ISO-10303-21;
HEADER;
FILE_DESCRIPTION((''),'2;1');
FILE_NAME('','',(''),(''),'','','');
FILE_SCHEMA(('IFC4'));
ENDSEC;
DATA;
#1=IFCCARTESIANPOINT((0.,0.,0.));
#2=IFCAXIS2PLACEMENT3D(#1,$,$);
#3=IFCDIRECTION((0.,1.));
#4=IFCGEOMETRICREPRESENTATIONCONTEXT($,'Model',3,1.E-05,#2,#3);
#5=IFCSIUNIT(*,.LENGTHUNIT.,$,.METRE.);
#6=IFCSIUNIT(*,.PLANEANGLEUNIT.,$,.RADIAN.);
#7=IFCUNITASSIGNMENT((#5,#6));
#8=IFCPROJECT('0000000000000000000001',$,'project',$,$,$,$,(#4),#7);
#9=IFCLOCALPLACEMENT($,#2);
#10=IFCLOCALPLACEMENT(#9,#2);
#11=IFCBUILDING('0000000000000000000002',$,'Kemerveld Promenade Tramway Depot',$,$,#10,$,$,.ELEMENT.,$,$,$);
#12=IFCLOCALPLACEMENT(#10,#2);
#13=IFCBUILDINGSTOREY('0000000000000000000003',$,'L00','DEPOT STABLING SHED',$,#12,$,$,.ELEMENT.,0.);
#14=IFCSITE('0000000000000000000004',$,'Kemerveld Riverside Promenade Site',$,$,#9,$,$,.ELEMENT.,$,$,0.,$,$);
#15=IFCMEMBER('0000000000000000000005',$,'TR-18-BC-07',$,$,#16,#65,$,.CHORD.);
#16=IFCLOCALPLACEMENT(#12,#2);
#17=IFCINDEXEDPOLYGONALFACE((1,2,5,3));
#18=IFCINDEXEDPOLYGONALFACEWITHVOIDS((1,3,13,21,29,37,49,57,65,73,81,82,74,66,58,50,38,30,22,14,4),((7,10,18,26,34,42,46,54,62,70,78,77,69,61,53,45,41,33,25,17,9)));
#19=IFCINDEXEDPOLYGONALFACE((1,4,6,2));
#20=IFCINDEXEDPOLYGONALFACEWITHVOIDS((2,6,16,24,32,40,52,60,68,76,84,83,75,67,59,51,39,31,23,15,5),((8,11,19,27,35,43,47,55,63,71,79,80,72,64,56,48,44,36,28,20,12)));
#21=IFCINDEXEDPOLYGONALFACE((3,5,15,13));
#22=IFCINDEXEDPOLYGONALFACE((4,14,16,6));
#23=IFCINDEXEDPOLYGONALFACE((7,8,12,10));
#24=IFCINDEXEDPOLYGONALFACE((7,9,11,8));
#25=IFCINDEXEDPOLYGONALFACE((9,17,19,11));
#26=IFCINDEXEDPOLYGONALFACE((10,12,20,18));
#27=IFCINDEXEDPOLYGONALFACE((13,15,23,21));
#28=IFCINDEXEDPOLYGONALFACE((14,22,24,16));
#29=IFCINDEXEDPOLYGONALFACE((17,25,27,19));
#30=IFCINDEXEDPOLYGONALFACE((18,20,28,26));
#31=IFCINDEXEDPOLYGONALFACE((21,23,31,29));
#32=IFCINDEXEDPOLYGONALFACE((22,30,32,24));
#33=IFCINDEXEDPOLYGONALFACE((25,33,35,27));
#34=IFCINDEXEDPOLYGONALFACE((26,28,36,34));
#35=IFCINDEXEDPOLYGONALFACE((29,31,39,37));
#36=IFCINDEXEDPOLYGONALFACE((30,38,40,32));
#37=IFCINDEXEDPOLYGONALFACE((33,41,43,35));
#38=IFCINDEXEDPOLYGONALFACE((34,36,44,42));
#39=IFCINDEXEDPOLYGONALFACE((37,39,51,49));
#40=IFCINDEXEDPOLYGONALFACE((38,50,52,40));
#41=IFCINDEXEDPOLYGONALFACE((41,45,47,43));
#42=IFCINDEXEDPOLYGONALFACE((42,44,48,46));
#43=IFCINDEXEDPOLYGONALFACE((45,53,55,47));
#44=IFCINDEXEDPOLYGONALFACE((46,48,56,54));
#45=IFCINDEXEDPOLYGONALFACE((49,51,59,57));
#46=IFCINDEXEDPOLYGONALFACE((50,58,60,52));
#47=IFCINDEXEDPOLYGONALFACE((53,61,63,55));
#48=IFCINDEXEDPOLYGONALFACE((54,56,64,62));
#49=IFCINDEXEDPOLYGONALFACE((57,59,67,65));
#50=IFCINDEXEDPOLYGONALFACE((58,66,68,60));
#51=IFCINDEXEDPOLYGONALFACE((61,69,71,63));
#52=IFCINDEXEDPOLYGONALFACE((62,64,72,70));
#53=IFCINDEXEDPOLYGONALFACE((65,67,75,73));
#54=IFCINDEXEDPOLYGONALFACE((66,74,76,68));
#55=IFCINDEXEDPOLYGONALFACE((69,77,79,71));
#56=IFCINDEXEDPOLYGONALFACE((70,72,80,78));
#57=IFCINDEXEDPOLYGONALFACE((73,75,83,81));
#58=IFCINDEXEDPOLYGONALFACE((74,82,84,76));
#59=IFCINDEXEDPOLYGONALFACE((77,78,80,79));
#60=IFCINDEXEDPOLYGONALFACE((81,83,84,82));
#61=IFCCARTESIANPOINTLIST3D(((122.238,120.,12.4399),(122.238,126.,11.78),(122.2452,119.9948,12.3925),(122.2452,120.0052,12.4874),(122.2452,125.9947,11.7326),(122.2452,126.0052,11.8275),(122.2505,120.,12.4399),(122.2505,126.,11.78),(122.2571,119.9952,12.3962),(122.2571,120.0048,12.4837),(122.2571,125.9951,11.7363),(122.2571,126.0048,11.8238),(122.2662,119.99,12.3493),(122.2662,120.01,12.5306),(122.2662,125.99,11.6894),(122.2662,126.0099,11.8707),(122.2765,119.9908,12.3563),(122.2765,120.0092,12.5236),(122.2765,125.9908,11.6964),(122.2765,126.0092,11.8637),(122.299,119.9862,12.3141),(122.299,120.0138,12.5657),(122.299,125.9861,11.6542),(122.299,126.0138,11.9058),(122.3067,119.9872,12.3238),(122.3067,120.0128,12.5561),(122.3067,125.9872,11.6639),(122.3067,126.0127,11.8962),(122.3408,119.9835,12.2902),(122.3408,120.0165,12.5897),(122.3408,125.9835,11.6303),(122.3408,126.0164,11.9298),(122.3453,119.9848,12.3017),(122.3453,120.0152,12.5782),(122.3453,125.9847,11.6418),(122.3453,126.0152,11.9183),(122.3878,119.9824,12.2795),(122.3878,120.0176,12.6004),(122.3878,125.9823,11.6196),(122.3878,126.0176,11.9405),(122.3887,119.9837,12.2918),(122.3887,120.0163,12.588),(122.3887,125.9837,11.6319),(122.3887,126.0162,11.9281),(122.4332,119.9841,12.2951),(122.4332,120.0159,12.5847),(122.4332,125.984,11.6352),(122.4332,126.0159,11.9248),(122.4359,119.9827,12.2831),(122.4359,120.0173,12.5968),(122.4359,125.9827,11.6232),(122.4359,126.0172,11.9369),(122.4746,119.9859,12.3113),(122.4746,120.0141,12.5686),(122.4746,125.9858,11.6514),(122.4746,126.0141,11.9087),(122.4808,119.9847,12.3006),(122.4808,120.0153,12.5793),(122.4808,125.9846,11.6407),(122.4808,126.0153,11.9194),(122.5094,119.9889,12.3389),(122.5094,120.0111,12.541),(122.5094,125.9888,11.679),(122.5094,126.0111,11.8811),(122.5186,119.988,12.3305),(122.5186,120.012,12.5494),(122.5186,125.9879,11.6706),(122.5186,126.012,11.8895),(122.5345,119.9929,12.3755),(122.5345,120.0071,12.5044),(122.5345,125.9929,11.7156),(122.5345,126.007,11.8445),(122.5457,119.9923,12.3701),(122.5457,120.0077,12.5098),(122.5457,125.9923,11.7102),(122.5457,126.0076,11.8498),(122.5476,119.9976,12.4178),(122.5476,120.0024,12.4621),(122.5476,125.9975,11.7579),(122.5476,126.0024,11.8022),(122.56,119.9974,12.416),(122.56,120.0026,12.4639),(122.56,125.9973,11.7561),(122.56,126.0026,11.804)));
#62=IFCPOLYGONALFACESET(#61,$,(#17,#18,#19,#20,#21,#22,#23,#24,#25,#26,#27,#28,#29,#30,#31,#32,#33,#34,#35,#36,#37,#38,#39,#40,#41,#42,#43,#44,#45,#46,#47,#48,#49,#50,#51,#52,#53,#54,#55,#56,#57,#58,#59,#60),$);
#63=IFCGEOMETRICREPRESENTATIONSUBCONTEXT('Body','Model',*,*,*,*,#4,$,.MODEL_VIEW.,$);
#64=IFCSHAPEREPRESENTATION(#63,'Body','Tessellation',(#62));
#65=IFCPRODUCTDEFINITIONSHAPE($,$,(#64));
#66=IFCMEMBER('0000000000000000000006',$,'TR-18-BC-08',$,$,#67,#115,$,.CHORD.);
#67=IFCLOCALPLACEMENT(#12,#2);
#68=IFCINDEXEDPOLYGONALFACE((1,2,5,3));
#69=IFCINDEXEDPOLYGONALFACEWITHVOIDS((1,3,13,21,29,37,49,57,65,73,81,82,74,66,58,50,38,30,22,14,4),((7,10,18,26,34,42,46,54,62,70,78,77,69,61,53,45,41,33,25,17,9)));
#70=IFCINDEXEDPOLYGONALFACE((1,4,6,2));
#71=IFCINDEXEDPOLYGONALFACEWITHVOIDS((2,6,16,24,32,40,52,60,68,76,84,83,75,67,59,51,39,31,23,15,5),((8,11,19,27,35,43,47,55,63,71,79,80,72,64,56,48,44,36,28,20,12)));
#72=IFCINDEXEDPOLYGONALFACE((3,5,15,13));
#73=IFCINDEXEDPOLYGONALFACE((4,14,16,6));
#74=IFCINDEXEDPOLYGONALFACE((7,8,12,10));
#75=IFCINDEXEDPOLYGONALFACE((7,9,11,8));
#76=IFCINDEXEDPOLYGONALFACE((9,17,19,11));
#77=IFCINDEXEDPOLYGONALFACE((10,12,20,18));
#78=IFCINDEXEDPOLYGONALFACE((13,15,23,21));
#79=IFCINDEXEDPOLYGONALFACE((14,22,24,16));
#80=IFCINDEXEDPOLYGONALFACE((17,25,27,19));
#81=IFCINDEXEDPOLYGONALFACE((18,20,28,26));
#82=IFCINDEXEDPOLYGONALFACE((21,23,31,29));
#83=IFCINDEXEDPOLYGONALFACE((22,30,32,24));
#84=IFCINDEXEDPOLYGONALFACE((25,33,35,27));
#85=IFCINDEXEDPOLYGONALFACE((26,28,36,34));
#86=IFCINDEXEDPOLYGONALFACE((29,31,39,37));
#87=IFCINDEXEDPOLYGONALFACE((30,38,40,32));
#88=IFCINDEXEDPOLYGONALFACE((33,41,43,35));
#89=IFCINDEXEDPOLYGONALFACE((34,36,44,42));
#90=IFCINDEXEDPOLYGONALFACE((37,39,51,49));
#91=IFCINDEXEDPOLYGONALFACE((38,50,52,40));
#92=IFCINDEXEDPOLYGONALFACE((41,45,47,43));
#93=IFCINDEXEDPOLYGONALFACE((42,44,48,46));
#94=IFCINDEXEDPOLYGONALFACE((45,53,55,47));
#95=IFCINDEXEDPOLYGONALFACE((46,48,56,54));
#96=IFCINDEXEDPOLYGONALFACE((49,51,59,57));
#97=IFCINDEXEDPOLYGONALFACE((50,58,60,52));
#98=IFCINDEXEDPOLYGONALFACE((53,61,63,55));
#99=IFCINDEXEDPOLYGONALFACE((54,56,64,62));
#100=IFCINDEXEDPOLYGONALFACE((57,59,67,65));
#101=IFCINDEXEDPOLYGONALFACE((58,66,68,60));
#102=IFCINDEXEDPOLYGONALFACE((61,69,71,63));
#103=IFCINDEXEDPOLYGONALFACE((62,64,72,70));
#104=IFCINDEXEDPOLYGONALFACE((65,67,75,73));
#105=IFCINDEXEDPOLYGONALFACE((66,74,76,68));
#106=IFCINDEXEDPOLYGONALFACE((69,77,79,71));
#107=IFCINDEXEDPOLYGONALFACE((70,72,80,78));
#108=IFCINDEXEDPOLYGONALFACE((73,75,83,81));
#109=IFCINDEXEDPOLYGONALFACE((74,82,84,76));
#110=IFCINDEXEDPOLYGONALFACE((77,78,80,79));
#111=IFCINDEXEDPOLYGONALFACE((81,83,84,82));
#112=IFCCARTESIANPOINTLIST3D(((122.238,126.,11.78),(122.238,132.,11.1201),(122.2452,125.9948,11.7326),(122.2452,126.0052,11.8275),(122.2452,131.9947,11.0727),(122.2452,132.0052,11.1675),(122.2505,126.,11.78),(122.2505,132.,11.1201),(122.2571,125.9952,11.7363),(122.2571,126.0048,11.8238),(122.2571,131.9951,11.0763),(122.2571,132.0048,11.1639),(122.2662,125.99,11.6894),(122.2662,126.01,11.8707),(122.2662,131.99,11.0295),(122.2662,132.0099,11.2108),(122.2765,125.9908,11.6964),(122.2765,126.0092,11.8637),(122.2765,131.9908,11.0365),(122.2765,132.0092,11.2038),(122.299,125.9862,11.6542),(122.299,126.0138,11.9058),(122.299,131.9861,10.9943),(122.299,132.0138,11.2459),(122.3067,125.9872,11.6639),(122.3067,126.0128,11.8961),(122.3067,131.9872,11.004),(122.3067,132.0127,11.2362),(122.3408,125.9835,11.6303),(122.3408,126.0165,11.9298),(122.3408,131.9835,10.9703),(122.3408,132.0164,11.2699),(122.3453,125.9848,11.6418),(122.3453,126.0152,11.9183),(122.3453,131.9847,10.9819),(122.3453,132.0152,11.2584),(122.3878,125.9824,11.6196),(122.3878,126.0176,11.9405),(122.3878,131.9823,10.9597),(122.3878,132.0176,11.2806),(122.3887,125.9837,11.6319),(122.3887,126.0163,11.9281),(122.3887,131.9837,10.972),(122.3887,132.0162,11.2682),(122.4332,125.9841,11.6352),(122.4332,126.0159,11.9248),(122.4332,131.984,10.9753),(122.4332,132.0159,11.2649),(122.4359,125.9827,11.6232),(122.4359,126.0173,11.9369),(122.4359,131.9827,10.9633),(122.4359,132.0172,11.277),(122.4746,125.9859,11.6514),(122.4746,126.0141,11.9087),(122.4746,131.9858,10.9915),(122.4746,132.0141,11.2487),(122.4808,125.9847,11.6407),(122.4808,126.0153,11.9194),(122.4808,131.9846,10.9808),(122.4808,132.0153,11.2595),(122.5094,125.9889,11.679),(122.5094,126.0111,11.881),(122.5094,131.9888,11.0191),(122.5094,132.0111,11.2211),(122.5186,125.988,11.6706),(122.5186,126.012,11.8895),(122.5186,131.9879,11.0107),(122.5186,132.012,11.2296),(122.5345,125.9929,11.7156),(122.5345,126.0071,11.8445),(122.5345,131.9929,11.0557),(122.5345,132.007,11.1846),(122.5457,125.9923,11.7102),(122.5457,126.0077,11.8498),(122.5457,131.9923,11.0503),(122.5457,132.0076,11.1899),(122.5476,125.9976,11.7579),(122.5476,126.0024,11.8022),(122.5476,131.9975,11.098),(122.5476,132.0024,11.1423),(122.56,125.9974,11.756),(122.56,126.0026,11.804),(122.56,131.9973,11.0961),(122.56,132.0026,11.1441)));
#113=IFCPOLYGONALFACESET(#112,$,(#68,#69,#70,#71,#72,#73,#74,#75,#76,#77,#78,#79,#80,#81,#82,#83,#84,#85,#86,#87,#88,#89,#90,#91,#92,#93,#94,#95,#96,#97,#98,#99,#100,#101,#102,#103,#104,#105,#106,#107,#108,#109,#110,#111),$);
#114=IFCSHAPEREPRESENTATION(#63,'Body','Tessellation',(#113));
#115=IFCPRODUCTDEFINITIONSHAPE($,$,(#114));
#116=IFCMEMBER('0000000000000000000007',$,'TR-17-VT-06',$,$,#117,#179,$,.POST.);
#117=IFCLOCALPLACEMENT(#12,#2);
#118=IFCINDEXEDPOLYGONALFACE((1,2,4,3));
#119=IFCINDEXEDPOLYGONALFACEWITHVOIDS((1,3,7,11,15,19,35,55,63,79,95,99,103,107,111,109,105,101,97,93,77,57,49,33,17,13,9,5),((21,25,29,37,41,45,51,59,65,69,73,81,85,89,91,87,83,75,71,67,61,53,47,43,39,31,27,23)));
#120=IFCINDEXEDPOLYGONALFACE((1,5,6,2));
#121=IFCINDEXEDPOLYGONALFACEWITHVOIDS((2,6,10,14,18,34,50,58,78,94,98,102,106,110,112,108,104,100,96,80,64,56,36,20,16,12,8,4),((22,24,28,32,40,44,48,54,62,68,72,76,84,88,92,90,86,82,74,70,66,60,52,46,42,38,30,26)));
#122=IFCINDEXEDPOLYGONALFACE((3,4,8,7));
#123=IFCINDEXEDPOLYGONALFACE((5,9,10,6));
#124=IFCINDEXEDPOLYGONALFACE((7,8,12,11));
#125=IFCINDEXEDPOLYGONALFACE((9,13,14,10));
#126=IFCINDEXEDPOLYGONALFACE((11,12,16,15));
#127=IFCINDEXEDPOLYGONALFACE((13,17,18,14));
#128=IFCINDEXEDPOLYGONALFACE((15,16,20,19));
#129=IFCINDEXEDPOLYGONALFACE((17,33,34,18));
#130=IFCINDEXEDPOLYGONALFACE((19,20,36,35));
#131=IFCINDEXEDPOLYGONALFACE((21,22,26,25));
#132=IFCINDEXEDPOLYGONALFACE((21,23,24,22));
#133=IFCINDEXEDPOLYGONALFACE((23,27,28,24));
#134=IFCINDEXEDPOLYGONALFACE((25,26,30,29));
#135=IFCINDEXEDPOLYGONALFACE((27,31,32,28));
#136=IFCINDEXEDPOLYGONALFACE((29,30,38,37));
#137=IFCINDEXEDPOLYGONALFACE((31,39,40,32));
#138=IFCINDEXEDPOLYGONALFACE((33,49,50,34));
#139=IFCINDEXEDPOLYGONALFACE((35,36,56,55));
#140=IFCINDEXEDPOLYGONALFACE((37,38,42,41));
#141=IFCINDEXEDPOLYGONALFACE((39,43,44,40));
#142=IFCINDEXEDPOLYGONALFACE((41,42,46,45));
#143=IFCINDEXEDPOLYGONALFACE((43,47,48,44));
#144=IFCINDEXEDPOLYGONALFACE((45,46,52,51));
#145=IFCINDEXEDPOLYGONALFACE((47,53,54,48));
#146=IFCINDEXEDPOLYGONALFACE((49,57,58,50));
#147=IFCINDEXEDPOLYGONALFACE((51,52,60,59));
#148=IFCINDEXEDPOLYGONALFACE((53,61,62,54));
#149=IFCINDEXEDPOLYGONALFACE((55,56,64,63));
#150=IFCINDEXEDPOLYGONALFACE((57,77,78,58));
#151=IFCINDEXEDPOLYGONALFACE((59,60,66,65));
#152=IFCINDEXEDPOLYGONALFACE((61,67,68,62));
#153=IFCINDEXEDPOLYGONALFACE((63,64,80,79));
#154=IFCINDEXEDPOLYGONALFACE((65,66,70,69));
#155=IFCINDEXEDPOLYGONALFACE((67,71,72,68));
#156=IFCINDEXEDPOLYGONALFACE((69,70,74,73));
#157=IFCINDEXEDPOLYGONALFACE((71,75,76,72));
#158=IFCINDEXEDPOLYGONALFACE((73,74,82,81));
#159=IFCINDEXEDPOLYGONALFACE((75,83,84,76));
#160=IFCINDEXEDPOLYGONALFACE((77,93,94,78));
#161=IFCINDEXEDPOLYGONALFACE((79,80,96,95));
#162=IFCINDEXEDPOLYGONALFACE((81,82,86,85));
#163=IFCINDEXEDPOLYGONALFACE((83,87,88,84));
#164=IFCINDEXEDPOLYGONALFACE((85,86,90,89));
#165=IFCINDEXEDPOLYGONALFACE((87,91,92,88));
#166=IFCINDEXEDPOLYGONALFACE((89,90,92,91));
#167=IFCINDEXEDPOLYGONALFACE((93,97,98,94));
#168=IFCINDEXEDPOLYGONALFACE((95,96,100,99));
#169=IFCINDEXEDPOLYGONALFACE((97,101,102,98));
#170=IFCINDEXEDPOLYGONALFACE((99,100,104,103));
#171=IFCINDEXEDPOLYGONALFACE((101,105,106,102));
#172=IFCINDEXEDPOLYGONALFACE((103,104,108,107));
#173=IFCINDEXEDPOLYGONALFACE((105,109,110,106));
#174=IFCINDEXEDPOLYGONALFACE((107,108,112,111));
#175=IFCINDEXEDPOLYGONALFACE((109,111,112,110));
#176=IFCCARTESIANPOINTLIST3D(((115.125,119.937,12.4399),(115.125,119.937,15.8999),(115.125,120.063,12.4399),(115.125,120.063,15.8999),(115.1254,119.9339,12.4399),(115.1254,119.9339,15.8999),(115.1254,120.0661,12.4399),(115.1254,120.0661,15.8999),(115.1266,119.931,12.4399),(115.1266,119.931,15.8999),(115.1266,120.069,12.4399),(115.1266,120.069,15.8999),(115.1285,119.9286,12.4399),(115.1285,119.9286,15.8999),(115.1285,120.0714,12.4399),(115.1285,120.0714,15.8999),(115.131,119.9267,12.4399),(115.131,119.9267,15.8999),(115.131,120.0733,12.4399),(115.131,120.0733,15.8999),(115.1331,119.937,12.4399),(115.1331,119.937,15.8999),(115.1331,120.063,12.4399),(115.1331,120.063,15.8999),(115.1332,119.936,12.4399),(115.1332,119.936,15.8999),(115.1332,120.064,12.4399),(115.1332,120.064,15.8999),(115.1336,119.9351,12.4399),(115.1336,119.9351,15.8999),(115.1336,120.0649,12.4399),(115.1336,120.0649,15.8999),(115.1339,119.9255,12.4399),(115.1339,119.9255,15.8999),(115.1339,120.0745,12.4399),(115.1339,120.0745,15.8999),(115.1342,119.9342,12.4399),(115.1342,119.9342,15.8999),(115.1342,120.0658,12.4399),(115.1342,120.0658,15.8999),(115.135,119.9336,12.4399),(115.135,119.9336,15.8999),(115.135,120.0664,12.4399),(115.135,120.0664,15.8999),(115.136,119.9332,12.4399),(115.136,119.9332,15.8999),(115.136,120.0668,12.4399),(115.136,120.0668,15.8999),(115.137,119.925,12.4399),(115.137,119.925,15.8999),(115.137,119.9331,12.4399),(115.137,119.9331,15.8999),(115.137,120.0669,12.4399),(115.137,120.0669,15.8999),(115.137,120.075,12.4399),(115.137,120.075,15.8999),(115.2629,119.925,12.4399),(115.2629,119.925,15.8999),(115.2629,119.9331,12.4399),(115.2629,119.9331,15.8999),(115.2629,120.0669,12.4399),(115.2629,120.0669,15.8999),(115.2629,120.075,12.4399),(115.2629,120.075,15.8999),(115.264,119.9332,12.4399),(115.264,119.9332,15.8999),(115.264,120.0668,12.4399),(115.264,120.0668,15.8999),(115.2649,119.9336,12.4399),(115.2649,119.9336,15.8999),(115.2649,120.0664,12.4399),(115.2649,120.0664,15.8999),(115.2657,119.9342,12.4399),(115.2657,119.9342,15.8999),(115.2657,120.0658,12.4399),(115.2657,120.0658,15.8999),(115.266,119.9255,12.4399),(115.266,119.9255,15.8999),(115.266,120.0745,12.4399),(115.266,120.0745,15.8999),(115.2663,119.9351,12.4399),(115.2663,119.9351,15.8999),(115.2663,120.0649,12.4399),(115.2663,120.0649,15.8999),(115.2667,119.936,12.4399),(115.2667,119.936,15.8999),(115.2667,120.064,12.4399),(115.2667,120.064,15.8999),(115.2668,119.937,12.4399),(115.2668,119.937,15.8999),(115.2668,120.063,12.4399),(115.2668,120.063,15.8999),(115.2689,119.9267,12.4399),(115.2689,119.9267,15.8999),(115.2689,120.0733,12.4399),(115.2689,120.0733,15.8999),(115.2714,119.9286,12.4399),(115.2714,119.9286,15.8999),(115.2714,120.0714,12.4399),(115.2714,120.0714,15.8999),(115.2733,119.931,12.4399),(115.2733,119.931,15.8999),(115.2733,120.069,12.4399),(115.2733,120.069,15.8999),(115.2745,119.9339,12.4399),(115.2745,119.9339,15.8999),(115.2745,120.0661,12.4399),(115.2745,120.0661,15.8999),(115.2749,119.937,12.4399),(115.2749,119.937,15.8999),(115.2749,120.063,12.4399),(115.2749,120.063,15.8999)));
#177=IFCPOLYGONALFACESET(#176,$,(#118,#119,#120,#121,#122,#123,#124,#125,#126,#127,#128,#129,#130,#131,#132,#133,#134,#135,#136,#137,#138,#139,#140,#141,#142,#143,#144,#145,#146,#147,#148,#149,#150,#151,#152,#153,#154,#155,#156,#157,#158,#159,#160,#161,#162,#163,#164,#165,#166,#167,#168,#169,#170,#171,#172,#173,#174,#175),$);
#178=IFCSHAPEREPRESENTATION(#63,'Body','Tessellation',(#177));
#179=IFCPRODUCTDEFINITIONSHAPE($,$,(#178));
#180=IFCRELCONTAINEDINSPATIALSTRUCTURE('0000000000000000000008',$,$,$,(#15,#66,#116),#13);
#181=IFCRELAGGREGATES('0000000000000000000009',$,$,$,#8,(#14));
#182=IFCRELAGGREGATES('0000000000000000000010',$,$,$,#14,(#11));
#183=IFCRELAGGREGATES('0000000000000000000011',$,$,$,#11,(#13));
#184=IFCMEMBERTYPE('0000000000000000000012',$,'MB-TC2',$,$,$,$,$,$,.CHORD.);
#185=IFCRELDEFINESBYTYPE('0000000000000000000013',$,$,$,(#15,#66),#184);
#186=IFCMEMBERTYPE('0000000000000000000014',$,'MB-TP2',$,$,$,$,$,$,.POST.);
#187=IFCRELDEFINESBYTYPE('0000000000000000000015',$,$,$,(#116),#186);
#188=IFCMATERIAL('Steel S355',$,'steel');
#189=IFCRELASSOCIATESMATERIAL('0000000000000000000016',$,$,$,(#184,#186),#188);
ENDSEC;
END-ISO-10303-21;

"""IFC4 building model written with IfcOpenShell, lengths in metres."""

from ifc_helpers import new_model, si_unit, direction, frame, origin, origin_2d, place, context, subcontext, project, spatial, hollow_rectangle, hollow_circle, extrude, material, material_profile, profile_set, type_object, element, save


model = new_model("IFC4")

# Units and contexts
model_context = context("Model", 3, precision=1e-05, world=origin(), true_north=direction((0.0, 1.0)))
body_context = subcontext(model_context, "Body", "Model", "MODEL_VIEW")
ifc_project = project(units=[si_unit("LENGTHUNIT", "METRE"), si_unit("PLANEANGLEUNIT", "RADIAN")], contexts=[model_context])

# Site, building, storey
site_placement = place(None, origin())
site = spatial("IfcSite", under=ifc_project, at=site_placement, Name="Kemerveld Riverside Promenade Site", CompositionType="ELEMENT", RefElevation=0.0)
building_placement = place(site_placement, origin())
building = spatial("IfcBuilding", under=site, at=building_placement, Name="Kemerveld Promenade Tramway Depot", CompositionType="ELEMENT")
storey_placement = place(building_placement, origin())
storey = spatial("IfcBuildingStorey", under=building, at=storey_placement, Name="L00", Description="DEPOT STABLING SHED", CompositionType="ELEMENT", Elevation=0.0)

# Members
ifc_material_1 = material(Name="Steel S355", Category="steel")
ifc_material_profile_1 = material_profile(ifc_material_1, hollow_circle(Radius=0.1619, WallThickness=0.0125, at=origin_2d()), Name="323.9x12.5 CHS")
ifc_profile_set_1 = profile_set([ifc_material_profile_1], Name="Steel S355")
member_type_1 = type_object("IfcMemberType", Name="MB-TC2", PredefinedType="CHORD", material=ifc_profile_set_1)
for number, where, z_axis, x_axis, name in (
    (1, (122.3999, 120.0, 12.4399), (0.0, 0.994006, -0.109326), (-1.0, 0.0, 0.0), "TR-18-BC-07"),
    (2, (122.3999, 126.0, 11.78), (0.0, 0.994006, -0.109326), (-1.0, 0.0, 0.0), "TR-18-BC-08"),
):
    element("IfcMember", number, at=place(storey_placement, frame(where, z_axis=z_axis, x_axis=x_axis)), inside=storey, type_object=member_type_1, Name=name, PredefinedType="CHORD", context=body_context, shape_type="SweptSolid", body=[
        extrude(hollow_circle(Radius=0.1619, WallThickness=0.0125, at=origin_2d()), origin(), (0.0, 0.0, 1.0), 6.0361),
    ])
ifc_material_profile_2 = material_profile(ifc_material_1, hollow_rectangle(XDim=0.1499, YDim=0.1499, WallThickness=0.0081, InnerFilletRadius=0.0039, OuterFilletRadius=0.012, at=origin_2d()), Name="150x150x8.0 SHS")
ifc_profile_set_2 = profile_set([ifc_material_profile_2], Name="Steel S355")
member_type_2 = type_object("IfcMemberType", Name="MB-TP2", PredefinedType="POST", material=ifc_profile_set_2)
member_1_placement = place(storey_placement, frame((115.2, 120.0, 12.4399), z_axis=(0.0, 0.0, 1.0), x_axis=(1.0, 0.0, 0.0)))
element("IfcMember", 3, at=member_1_placement, inside=storey, type_object=member_type_2, Name="TR-17-VT-06", PredefinedType="POST", context=body_context, shape_type="SweptSolid", body=[
    extrude(hollow_rectangle(XDim=0.1499, YDim=0.1499, WallThickness=0.0081, InnerFilletRadius=0.0039, OuterFilletRadius=0.012, at=origin_2d()), origin(), (0.0, 0.0, 1.0), 3.46),
])

save(model, "model.ifc")
